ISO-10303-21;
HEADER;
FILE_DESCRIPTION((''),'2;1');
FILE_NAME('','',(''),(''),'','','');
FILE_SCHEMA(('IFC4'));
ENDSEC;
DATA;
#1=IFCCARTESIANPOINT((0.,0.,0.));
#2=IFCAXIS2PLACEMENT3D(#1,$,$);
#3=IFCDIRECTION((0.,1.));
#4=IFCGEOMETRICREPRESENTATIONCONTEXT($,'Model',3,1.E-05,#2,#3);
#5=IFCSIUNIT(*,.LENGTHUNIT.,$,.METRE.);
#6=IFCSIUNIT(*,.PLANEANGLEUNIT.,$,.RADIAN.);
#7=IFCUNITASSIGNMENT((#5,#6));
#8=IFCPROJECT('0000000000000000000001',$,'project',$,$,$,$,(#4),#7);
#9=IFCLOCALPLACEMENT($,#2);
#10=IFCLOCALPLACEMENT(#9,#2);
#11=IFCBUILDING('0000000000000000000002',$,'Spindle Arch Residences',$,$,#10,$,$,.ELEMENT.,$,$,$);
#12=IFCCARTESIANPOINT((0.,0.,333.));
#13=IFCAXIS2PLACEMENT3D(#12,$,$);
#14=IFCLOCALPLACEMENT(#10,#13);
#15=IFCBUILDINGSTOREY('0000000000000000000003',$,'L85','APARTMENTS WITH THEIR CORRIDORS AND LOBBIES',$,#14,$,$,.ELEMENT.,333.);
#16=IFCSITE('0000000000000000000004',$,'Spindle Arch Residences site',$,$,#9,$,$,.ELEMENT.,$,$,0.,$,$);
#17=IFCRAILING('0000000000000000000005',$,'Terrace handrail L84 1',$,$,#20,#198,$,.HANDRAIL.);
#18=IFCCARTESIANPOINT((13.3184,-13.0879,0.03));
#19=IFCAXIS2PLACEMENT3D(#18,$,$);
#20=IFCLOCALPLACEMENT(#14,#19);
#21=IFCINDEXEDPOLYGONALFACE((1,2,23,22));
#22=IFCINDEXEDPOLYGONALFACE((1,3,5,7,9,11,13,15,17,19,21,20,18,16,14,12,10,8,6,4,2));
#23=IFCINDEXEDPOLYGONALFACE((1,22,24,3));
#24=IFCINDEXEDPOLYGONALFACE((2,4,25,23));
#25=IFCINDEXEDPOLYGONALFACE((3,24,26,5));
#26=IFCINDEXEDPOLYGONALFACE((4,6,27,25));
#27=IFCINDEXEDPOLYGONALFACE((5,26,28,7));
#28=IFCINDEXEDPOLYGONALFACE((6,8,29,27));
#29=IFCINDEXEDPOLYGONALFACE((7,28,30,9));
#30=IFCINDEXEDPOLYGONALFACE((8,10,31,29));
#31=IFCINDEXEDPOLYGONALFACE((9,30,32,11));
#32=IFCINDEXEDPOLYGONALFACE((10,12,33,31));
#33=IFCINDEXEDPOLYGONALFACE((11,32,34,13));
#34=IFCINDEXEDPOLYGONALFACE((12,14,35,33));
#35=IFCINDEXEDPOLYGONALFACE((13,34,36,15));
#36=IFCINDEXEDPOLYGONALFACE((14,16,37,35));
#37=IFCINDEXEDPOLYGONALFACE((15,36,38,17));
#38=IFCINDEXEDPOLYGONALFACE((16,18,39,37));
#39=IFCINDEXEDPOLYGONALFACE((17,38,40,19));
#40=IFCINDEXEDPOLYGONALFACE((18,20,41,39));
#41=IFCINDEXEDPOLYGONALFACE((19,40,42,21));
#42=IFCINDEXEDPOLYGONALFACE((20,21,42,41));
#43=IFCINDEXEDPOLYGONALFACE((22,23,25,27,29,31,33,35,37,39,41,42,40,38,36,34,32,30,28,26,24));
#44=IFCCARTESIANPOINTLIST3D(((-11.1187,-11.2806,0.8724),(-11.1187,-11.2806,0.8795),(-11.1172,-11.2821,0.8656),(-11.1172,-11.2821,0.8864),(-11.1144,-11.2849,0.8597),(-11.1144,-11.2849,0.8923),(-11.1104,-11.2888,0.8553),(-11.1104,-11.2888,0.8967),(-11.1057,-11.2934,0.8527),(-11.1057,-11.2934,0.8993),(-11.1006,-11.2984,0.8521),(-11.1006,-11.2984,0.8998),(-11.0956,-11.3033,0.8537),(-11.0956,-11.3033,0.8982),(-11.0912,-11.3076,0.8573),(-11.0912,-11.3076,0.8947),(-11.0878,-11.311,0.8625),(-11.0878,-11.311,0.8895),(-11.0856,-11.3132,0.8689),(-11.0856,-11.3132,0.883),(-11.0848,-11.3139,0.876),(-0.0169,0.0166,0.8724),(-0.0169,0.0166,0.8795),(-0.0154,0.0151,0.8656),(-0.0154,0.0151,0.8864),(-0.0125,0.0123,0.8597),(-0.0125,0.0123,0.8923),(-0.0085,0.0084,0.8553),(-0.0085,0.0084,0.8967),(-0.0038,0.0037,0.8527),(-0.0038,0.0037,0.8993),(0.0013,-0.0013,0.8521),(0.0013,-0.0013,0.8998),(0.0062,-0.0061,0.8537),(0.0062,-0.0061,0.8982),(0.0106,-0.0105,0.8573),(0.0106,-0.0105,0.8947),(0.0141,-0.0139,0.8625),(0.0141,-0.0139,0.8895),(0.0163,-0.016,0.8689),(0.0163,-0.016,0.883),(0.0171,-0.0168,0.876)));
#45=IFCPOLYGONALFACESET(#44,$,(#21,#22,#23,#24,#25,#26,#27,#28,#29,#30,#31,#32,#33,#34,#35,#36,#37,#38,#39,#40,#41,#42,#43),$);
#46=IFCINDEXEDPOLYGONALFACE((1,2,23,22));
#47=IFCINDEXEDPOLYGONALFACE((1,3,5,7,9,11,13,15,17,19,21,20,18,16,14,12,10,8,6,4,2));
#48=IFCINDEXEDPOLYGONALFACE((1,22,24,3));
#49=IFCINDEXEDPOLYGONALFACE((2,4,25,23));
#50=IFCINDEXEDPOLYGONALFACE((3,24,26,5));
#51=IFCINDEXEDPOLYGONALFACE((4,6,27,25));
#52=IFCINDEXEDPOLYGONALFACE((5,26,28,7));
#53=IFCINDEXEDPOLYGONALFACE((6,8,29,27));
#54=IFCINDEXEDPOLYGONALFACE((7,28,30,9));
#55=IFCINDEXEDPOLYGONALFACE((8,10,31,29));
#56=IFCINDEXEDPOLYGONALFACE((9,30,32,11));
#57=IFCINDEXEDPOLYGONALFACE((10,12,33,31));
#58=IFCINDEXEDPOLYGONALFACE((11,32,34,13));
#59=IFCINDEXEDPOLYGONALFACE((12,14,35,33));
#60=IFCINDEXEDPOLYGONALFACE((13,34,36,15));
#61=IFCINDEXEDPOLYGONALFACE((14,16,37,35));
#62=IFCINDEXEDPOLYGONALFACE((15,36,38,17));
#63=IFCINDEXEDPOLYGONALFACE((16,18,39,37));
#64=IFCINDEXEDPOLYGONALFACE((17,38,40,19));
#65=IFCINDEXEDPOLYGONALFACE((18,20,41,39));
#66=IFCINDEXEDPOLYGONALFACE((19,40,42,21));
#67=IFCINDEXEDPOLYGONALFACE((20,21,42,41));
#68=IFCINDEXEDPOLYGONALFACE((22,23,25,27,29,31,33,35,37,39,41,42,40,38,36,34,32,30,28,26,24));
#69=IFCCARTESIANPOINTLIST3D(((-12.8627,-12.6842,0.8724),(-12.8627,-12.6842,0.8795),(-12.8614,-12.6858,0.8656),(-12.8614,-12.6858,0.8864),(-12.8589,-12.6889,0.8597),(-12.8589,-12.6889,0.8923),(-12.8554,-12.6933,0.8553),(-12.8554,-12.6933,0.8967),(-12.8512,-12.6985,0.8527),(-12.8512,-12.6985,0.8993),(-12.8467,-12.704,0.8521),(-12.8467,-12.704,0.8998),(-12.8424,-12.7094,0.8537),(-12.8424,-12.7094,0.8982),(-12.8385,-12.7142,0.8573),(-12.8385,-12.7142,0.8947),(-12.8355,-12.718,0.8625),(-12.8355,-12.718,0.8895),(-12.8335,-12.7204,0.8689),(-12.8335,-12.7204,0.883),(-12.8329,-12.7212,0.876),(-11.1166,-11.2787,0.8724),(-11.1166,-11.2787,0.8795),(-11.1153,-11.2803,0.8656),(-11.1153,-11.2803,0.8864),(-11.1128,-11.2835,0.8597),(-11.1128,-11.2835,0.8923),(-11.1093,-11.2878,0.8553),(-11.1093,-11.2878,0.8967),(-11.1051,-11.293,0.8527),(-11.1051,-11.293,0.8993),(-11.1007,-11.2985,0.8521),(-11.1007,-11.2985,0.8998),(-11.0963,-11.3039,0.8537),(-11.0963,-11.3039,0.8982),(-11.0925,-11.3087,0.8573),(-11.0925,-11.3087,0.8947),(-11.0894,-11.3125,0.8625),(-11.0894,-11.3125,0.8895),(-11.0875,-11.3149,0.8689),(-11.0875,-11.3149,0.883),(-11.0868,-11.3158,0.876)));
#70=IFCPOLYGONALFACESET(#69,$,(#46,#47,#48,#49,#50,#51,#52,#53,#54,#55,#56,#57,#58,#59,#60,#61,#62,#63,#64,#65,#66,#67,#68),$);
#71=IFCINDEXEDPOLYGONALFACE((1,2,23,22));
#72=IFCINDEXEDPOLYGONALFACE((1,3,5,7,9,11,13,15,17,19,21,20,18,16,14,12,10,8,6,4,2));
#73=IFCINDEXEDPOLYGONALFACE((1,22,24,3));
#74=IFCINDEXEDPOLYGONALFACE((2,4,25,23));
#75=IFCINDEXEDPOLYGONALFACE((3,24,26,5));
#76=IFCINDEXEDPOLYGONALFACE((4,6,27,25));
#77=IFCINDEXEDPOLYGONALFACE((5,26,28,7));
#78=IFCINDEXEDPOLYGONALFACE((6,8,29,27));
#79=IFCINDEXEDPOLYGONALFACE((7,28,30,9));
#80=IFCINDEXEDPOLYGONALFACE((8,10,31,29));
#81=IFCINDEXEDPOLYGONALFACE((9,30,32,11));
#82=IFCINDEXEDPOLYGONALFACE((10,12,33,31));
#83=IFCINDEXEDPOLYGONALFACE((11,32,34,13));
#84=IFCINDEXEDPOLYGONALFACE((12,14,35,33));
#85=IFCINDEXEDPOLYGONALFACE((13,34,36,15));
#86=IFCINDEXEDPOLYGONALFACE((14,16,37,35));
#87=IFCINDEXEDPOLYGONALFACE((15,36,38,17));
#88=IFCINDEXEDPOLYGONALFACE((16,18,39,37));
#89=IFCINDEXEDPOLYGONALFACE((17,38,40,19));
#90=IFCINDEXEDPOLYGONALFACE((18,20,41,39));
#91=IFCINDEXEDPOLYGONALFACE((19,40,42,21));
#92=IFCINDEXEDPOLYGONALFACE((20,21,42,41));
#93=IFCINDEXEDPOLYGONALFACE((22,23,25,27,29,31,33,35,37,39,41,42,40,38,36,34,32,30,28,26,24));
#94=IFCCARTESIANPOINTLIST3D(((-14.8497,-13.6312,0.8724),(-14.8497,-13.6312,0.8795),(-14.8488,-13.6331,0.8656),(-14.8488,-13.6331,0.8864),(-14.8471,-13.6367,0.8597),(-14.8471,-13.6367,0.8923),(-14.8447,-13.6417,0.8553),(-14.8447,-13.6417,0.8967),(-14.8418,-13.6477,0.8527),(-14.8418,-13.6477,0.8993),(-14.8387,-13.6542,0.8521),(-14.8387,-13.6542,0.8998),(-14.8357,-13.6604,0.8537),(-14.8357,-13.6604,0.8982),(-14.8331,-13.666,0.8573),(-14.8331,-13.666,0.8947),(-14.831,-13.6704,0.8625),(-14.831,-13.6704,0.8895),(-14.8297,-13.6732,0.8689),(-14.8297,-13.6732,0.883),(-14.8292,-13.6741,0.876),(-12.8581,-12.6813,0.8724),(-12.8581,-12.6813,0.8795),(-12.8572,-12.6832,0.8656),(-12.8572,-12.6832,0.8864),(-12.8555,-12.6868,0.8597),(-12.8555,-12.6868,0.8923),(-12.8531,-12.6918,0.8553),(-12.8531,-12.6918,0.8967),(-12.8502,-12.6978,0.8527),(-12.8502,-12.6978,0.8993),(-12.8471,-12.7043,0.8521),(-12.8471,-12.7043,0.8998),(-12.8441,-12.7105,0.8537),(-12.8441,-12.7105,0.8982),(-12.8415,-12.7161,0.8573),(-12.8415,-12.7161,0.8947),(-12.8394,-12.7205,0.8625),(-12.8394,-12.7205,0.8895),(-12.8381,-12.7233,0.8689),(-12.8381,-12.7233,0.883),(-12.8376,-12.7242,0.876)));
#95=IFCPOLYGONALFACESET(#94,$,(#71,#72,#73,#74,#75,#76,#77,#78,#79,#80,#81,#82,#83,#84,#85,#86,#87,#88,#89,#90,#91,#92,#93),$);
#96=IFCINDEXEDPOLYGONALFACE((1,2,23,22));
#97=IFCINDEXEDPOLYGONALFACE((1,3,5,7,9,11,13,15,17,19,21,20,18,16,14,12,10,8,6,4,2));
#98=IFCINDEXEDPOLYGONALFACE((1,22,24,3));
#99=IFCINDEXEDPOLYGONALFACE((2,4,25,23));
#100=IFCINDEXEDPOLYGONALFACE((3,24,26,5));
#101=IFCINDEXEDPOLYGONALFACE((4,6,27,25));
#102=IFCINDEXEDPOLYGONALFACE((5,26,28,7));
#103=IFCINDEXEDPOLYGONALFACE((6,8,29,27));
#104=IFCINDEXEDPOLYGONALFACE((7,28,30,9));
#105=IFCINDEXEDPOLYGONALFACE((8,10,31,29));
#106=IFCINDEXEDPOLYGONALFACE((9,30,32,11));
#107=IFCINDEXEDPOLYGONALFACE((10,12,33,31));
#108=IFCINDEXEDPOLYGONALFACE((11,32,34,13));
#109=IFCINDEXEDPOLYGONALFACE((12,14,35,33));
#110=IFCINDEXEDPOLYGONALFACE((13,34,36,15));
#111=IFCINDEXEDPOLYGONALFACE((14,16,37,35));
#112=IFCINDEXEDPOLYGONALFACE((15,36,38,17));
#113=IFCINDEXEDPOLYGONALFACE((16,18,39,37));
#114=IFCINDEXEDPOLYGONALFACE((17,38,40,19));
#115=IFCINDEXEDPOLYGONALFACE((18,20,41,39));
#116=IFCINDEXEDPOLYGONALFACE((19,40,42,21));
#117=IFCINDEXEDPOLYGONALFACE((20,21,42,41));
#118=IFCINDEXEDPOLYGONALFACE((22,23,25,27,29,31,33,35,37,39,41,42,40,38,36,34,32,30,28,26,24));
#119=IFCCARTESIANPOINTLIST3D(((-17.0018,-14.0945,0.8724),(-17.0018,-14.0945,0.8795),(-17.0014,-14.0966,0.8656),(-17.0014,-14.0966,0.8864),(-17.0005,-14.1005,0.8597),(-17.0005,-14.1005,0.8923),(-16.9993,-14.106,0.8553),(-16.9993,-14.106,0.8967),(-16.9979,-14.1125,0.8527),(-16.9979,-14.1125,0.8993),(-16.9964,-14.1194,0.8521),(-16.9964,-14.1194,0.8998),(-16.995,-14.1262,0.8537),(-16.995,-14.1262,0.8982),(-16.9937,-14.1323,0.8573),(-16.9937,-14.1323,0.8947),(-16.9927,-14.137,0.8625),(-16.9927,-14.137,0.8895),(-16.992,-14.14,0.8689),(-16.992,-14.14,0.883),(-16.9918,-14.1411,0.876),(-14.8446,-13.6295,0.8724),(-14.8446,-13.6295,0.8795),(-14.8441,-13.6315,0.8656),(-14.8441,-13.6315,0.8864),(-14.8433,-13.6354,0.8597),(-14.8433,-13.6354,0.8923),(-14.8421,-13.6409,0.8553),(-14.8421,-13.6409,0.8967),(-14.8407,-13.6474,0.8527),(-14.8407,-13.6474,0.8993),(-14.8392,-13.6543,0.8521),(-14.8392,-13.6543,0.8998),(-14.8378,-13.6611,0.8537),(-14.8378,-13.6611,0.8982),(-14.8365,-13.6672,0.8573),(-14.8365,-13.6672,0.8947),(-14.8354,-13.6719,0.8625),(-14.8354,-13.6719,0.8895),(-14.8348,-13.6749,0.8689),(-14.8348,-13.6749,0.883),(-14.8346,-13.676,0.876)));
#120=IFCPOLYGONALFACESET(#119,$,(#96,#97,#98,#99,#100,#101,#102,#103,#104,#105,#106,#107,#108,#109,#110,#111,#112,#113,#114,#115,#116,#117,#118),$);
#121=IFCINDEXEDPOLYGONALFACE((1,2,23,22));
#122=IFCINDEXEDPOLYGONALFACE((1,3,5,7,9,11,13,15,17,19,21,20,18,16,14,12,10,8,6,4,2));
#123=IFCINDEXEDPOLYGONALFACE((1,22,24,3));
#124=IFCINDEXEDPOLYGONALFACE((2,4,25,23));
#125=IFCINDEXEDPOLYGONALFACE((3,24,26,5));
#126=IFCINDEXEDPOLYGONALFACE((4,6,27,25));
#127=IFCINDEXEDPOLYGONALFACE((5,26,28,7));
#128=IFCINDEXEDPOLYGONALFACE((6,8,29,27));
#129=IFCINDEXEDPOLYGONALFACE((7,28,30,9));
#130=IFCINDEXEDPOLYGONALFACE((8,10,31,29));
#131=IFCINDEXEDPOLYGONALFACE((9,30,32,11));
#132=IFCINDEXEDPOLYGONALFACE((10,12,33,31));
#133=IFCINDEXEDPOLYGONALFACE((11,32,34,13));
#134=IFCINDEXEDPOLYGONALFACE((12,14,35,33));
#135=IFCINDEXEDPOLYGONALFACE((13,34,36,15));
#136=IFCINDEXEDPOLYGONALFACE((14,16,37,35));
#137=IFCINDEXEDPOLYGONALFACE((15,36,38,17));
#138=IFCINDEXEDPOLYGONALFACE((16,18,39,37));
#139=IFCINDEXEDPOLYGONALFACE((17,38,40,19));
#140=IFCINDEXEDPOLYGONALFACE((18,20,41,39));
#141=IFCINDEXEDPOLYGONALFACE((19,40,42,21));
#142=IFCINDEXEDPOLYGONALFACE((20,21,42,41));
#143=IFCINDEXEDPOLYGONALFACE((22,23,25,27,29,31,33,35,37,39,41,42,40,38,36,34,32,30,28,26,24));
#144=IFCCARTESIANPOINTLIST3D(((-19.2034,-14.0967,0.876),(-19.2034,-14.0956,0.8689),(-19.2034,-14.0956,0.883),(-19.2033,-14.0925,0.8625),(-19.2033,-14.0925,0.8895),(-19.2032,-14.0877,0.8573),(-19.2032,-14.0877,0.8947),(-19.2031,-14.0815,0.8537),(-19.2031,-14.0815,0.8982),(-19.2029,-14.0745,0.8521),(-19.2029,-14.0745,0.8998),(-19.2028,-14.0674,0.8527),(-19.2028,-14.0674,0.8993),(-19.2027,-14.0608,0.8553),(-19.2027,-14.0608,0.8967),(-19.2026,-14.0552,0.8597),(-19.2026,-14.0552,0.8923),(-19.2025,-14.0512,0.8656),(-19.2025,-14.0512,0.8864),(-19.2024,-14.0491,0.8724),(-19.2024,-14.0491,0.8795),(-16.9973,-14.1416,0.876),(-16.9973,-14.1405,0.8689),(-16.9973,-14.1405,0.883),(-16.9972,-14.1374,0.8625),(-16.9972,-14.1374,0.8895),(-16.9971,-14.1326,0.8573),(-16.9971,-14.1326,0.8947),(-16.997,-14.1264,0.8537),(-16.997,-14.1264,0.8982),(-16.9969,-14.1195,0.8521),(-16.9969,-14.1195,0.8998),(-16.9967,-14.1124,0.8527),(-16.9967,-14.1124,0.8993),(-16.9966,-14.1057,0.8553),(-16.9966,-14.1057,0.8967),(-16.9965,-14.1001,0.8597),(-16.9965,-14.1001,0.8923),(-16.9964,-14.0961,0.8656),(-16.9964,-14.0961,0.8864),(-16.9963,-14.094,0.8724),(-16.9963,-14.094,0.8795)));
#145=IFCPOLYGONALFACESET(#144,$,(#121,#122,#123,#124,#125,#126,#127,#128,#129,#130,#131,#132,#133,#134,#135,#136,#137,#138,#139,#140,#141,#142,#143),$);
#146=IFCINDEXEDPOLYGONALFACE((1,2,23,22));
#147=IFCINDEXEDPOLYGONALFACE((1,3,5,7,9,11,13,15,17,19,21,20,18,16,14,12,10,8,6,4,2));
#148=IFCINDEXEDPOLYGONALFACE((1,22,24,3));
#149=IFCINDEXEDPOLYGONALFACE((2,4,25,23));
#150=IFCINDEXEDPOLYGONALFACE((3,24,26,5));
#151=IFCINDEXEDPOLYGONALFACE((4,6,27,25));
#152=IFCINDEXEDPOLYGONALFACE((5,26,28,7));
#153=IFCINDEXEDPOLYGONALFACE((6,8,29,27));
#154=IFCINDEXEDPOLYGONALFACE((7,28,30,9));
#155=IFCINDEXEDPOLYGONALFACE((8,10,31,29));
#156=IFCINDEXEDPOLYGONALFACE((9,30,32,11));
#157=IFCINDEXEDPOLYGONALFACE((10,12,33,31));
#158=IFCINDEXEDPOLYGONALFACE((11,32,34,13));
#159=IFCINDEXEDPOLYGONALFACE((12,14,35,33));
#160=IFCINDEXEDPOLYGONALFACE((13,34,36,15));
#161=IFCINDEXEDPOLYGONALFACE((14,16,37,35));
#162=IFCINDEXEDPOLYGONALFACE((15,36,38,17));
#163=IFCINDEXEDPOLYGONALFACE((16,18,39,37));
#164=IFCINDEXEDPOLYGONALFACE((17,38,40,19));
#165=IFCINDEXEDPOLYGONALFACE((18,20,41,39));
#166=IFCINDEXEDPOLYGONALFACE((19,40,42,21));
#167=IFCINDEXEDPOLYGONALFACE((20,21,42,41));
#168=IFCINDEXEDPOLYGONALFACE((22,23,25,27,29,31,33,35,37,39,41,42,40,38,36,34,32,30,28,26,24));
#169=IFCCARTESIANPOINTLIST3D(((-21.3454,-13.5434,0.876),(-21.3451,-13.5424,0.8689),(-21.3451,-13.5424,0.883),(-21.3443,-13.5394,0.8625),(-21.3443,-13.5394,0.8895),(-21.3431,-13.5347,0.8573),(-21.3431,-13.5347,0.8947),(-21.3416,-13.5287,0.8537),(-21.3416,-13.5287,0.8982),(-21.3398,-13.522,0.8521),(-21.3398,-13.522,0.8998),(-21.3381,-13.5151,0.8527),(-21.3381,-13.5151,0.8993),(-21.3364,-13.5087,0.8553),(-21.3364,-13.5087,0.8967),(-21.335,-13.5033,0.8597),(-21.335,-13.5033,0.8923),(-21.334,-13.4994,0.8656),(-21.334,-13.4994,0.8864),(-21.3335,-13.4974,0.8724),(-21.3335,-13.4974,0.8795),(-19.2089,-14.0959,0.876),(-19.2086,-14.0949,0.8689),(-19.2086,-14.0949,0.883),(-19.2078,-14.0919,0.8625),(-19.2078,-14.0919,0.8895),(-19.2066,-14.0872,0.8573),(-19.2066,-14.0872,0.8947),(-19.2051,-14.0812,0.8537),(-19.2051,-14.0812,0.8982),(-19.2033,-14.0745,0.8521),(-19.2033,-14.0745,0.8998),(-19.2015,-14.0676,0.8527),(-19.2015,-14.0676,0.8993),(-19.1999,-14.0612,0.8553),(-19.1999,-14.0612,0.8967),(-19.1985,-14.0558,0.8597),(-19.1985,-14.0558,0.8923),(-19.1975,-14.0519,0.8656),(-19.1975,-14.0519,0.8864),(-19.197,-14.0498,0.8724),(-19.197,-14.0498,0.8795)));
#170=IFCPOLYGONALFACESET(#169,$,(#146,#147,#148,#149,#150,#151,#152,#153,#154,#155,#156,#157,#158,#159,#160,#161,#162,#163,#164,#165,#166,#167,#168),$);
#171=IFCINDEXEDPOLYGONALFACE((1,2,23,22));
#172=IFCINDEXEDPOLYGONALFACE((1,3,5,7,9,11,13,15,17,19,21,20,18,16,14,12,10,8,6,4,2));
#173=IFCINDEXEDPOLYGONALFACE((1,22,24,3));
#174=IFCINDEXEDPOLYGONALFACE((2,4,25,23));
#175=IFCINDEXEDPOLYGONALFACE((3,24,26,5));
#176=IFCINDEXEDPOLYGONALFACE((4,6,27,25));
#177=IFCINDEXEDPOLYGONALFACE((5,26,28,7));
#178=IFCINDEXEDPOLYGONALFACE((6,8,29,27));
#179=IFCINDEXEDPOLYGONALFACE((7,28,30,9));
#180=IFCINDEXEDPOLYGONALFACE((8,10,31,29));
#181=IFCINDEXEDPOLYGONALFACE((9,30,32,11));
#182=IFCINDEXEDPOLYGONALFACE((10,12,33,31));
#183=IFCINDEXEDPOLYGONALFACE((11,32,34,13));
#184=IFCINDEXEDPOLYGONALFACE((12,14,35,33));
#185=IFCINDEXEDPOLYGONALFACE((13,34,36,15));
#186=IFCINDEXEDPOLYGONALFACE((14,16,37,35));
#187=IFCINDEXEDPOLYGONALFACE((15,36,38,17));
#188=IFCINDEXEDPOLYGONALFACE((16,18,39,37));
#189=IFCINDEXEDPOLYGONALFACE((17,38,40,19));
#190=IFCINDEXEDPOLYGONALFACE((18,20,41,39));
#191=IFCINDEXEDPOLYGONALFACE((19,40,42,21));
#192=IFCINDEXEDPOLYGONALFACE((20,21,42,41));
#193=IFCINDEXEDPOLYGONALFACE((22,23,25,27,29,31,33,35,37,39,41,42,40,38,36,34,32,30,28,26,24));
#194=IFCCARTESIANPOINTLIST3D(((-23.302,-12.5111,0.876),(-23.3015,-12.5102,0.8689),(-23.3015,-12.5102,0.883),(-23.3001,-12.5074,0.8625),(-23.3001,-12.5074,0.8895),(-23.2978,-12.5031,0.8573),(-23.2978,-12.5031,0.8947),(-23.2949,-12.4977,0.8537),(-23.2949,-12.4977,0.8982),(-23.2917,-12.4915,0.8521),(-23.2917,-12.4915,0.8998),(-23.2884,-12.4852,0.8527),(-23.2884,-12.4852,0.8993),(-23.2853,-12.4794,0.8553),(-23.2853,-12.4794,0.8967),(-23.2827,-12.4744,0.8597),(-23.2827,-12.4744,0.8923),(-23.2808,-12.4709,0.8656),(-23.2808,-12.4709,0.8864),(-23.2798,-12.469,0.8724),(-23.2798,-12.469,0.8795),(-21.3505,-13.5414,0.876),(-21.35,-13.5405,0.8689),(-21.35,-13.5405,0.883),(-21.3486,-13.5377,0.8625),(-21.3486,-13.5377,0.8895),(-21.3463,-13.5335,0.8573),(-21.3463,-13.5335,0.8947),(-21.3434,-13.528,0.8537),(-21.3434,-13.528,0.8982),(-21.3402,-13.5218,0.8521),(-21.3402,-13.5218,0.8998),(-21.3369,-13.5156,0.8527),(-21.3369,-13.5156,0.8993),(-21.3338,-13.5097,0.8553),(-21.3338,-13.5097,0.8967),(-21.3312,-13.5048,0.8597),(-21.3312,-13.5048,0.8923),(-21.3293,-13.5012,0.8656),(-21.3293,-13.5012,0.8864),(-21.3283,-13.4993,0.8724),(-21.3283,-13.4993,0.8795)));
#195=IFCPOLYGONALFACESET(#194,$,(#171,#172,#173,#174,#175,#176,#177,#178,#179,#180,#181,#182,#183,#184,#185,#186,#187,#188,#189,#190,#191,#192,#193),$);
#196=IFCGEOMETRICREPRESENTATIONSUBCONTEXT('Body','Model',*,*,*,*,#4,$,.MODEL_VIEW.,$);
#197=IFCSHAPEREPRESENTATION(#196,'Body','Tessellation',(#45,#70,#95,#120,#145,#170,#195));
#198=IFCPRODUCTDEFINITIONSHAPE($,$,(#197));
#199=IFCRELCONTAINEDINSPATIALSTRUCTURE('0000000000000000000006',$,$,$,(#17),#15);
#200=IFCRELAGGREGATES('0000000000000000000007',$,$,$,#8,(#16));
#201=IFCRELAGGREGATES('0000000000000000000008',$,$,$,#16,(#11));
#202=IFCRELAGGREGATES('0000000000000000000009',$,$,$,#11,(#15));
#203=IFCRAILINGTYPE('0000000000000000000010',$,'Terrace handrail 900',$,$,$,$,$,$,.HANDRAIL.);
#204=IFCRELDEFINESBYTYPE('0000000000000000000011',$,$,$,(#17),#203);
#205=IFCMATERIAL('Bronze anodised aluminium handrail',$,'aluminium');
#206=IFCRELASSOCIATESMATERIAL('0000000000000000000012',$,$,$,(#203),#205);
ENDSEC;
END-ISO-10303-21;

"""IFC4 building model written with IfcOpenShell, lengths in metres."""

from ifc_helpers import new_model, si_unit, direction, frame, origin, origin_2d, place, context, subcontext, project, spatial, circle, extrude, material, type_object, element, save


model = new_model("IFC4")

# Units and contexts
model_context = context("Model", 3, precision=1e-05, world=origin(), true_north=direction((0.0, 1.0)))
body_context = subcontext(model_context, "Body", "Model", "MODEL_VIEW")
ifc_project = project(units=[si_unit("LENGTHUNIT", "METRE"), si_unit("PLANEANGLEUNIT", "RADIAN")], contexts=[model_context])

# Site, building, storey
site_placement = place(None, origin())
site = spatial("IfcSite", under=ifc_project, at=site_placement, Name="Spindle Arch Residences site", CompositionType="ELEMENT", RefElevation=0.0)
building_placement = place(site_placement, origin())
building = spatial("IfcBuilding", under=site, at=building_placement, Name="Spindle Arch Residences", CompositionType="ELEMENT")
storey_placement = place(building_placement, frame((0.0, 0.0, 333.0)))
storey = spatial("IfcBuildingStorey", under=building, at=storey_placement, Name="L85", Description="APARTMENTS WITH THEIR CORRIDORS AND LOBBIES", CompositionType="ELEMENT", Elevation=333.0)

# Railing
ifc_material_1 = material(Name="Bronze anodised aluminium handrail", Category="aluminium")
railing_type_1 = type_object("IfcRailingType", Name="Terrace handrail 900", PredefinedType="HANDRAIL", material=ifc_material_1)
railing_1_placement = place(storey_placement, frame((13.3184, -13.0879, 0.03)))
element("IfcRailing", 1, at=railing_1_placement, inside=storey, type_object=railing_type_1, Name="Terrace handrail L84 1", PredefinedType="HANDRAIL", context=body_context, shape_type="SweptSolid", body=[
    extrude(circle(Radius=0.0239, at=origin_2d()), frame((0.0, 0.0, 0.876), z_axis=(-0.700914, -0.713245, 0.0), x_axis=(0.713245, -0.700914, 0.0)), (0.0, 0.0, 1.0), 15.8391),
    extrude(circle(Radius=0.0239, at=origin_2d()), frame((-11.1018, -11.2971, 0.876), z_axis=(-0.778984, -0.627043, 0.0), x_axis=(0.627043, -0.778984, 0.0)), (0.0, 0.0, 1.0), 2.2415),
    extrude(circle(Radius=0.0239, at=origin_2d()), frame((-12.8479, -12.7026, 0.876), z_axis=(-0.902592, -0.430496, 0.0), x_axis=(0.430496, -0.902592, 0.0)), (0.0, 0.0, 1.0), 2.2065),
    extrude(circle(Radius=0.0239, at=origin_2d()), frame((-14.8396, -13.6526, 0.876), z_axis=(-0.977539, -0.210753, 0.0), x_axis=(0.210753, -0.977539, 0.0)), (0.0, 0.0, 1.0), 2.2068),
    extrude(circle(Radius=0.0239, at=origin_2d()), frame((-16.9968, -14.1177, 0.876), z_axis=(-0.999793, 0.020359, 0.0), x_axis=(-0.020359, -0.999793, 0.0)), (0.0, 0.0, 1.0), 2.2065),
    extrude(circle(Radius=0.0239, at=origin_2d()), frame((-19.2029, -14.0728, 0.876), z_axis=(-0.968152, 0.250363, 0.0), x_axis=(-0.250363, -0.968152, 0.0)), (0.0, 0.0, 1.0), 2.2068),
    extrude(circle(Radius=0.0239, at=origin_2d()), frame((-21.3394, -13.5203, 0.876), z_axis=(-0.884318, 0.466886, 0.0), x_axis=(-0.466886, -0.884318, 0.0)), (0.0, 0.0, 1.0), 2.2068),
])

save(model, "model.ifc")
